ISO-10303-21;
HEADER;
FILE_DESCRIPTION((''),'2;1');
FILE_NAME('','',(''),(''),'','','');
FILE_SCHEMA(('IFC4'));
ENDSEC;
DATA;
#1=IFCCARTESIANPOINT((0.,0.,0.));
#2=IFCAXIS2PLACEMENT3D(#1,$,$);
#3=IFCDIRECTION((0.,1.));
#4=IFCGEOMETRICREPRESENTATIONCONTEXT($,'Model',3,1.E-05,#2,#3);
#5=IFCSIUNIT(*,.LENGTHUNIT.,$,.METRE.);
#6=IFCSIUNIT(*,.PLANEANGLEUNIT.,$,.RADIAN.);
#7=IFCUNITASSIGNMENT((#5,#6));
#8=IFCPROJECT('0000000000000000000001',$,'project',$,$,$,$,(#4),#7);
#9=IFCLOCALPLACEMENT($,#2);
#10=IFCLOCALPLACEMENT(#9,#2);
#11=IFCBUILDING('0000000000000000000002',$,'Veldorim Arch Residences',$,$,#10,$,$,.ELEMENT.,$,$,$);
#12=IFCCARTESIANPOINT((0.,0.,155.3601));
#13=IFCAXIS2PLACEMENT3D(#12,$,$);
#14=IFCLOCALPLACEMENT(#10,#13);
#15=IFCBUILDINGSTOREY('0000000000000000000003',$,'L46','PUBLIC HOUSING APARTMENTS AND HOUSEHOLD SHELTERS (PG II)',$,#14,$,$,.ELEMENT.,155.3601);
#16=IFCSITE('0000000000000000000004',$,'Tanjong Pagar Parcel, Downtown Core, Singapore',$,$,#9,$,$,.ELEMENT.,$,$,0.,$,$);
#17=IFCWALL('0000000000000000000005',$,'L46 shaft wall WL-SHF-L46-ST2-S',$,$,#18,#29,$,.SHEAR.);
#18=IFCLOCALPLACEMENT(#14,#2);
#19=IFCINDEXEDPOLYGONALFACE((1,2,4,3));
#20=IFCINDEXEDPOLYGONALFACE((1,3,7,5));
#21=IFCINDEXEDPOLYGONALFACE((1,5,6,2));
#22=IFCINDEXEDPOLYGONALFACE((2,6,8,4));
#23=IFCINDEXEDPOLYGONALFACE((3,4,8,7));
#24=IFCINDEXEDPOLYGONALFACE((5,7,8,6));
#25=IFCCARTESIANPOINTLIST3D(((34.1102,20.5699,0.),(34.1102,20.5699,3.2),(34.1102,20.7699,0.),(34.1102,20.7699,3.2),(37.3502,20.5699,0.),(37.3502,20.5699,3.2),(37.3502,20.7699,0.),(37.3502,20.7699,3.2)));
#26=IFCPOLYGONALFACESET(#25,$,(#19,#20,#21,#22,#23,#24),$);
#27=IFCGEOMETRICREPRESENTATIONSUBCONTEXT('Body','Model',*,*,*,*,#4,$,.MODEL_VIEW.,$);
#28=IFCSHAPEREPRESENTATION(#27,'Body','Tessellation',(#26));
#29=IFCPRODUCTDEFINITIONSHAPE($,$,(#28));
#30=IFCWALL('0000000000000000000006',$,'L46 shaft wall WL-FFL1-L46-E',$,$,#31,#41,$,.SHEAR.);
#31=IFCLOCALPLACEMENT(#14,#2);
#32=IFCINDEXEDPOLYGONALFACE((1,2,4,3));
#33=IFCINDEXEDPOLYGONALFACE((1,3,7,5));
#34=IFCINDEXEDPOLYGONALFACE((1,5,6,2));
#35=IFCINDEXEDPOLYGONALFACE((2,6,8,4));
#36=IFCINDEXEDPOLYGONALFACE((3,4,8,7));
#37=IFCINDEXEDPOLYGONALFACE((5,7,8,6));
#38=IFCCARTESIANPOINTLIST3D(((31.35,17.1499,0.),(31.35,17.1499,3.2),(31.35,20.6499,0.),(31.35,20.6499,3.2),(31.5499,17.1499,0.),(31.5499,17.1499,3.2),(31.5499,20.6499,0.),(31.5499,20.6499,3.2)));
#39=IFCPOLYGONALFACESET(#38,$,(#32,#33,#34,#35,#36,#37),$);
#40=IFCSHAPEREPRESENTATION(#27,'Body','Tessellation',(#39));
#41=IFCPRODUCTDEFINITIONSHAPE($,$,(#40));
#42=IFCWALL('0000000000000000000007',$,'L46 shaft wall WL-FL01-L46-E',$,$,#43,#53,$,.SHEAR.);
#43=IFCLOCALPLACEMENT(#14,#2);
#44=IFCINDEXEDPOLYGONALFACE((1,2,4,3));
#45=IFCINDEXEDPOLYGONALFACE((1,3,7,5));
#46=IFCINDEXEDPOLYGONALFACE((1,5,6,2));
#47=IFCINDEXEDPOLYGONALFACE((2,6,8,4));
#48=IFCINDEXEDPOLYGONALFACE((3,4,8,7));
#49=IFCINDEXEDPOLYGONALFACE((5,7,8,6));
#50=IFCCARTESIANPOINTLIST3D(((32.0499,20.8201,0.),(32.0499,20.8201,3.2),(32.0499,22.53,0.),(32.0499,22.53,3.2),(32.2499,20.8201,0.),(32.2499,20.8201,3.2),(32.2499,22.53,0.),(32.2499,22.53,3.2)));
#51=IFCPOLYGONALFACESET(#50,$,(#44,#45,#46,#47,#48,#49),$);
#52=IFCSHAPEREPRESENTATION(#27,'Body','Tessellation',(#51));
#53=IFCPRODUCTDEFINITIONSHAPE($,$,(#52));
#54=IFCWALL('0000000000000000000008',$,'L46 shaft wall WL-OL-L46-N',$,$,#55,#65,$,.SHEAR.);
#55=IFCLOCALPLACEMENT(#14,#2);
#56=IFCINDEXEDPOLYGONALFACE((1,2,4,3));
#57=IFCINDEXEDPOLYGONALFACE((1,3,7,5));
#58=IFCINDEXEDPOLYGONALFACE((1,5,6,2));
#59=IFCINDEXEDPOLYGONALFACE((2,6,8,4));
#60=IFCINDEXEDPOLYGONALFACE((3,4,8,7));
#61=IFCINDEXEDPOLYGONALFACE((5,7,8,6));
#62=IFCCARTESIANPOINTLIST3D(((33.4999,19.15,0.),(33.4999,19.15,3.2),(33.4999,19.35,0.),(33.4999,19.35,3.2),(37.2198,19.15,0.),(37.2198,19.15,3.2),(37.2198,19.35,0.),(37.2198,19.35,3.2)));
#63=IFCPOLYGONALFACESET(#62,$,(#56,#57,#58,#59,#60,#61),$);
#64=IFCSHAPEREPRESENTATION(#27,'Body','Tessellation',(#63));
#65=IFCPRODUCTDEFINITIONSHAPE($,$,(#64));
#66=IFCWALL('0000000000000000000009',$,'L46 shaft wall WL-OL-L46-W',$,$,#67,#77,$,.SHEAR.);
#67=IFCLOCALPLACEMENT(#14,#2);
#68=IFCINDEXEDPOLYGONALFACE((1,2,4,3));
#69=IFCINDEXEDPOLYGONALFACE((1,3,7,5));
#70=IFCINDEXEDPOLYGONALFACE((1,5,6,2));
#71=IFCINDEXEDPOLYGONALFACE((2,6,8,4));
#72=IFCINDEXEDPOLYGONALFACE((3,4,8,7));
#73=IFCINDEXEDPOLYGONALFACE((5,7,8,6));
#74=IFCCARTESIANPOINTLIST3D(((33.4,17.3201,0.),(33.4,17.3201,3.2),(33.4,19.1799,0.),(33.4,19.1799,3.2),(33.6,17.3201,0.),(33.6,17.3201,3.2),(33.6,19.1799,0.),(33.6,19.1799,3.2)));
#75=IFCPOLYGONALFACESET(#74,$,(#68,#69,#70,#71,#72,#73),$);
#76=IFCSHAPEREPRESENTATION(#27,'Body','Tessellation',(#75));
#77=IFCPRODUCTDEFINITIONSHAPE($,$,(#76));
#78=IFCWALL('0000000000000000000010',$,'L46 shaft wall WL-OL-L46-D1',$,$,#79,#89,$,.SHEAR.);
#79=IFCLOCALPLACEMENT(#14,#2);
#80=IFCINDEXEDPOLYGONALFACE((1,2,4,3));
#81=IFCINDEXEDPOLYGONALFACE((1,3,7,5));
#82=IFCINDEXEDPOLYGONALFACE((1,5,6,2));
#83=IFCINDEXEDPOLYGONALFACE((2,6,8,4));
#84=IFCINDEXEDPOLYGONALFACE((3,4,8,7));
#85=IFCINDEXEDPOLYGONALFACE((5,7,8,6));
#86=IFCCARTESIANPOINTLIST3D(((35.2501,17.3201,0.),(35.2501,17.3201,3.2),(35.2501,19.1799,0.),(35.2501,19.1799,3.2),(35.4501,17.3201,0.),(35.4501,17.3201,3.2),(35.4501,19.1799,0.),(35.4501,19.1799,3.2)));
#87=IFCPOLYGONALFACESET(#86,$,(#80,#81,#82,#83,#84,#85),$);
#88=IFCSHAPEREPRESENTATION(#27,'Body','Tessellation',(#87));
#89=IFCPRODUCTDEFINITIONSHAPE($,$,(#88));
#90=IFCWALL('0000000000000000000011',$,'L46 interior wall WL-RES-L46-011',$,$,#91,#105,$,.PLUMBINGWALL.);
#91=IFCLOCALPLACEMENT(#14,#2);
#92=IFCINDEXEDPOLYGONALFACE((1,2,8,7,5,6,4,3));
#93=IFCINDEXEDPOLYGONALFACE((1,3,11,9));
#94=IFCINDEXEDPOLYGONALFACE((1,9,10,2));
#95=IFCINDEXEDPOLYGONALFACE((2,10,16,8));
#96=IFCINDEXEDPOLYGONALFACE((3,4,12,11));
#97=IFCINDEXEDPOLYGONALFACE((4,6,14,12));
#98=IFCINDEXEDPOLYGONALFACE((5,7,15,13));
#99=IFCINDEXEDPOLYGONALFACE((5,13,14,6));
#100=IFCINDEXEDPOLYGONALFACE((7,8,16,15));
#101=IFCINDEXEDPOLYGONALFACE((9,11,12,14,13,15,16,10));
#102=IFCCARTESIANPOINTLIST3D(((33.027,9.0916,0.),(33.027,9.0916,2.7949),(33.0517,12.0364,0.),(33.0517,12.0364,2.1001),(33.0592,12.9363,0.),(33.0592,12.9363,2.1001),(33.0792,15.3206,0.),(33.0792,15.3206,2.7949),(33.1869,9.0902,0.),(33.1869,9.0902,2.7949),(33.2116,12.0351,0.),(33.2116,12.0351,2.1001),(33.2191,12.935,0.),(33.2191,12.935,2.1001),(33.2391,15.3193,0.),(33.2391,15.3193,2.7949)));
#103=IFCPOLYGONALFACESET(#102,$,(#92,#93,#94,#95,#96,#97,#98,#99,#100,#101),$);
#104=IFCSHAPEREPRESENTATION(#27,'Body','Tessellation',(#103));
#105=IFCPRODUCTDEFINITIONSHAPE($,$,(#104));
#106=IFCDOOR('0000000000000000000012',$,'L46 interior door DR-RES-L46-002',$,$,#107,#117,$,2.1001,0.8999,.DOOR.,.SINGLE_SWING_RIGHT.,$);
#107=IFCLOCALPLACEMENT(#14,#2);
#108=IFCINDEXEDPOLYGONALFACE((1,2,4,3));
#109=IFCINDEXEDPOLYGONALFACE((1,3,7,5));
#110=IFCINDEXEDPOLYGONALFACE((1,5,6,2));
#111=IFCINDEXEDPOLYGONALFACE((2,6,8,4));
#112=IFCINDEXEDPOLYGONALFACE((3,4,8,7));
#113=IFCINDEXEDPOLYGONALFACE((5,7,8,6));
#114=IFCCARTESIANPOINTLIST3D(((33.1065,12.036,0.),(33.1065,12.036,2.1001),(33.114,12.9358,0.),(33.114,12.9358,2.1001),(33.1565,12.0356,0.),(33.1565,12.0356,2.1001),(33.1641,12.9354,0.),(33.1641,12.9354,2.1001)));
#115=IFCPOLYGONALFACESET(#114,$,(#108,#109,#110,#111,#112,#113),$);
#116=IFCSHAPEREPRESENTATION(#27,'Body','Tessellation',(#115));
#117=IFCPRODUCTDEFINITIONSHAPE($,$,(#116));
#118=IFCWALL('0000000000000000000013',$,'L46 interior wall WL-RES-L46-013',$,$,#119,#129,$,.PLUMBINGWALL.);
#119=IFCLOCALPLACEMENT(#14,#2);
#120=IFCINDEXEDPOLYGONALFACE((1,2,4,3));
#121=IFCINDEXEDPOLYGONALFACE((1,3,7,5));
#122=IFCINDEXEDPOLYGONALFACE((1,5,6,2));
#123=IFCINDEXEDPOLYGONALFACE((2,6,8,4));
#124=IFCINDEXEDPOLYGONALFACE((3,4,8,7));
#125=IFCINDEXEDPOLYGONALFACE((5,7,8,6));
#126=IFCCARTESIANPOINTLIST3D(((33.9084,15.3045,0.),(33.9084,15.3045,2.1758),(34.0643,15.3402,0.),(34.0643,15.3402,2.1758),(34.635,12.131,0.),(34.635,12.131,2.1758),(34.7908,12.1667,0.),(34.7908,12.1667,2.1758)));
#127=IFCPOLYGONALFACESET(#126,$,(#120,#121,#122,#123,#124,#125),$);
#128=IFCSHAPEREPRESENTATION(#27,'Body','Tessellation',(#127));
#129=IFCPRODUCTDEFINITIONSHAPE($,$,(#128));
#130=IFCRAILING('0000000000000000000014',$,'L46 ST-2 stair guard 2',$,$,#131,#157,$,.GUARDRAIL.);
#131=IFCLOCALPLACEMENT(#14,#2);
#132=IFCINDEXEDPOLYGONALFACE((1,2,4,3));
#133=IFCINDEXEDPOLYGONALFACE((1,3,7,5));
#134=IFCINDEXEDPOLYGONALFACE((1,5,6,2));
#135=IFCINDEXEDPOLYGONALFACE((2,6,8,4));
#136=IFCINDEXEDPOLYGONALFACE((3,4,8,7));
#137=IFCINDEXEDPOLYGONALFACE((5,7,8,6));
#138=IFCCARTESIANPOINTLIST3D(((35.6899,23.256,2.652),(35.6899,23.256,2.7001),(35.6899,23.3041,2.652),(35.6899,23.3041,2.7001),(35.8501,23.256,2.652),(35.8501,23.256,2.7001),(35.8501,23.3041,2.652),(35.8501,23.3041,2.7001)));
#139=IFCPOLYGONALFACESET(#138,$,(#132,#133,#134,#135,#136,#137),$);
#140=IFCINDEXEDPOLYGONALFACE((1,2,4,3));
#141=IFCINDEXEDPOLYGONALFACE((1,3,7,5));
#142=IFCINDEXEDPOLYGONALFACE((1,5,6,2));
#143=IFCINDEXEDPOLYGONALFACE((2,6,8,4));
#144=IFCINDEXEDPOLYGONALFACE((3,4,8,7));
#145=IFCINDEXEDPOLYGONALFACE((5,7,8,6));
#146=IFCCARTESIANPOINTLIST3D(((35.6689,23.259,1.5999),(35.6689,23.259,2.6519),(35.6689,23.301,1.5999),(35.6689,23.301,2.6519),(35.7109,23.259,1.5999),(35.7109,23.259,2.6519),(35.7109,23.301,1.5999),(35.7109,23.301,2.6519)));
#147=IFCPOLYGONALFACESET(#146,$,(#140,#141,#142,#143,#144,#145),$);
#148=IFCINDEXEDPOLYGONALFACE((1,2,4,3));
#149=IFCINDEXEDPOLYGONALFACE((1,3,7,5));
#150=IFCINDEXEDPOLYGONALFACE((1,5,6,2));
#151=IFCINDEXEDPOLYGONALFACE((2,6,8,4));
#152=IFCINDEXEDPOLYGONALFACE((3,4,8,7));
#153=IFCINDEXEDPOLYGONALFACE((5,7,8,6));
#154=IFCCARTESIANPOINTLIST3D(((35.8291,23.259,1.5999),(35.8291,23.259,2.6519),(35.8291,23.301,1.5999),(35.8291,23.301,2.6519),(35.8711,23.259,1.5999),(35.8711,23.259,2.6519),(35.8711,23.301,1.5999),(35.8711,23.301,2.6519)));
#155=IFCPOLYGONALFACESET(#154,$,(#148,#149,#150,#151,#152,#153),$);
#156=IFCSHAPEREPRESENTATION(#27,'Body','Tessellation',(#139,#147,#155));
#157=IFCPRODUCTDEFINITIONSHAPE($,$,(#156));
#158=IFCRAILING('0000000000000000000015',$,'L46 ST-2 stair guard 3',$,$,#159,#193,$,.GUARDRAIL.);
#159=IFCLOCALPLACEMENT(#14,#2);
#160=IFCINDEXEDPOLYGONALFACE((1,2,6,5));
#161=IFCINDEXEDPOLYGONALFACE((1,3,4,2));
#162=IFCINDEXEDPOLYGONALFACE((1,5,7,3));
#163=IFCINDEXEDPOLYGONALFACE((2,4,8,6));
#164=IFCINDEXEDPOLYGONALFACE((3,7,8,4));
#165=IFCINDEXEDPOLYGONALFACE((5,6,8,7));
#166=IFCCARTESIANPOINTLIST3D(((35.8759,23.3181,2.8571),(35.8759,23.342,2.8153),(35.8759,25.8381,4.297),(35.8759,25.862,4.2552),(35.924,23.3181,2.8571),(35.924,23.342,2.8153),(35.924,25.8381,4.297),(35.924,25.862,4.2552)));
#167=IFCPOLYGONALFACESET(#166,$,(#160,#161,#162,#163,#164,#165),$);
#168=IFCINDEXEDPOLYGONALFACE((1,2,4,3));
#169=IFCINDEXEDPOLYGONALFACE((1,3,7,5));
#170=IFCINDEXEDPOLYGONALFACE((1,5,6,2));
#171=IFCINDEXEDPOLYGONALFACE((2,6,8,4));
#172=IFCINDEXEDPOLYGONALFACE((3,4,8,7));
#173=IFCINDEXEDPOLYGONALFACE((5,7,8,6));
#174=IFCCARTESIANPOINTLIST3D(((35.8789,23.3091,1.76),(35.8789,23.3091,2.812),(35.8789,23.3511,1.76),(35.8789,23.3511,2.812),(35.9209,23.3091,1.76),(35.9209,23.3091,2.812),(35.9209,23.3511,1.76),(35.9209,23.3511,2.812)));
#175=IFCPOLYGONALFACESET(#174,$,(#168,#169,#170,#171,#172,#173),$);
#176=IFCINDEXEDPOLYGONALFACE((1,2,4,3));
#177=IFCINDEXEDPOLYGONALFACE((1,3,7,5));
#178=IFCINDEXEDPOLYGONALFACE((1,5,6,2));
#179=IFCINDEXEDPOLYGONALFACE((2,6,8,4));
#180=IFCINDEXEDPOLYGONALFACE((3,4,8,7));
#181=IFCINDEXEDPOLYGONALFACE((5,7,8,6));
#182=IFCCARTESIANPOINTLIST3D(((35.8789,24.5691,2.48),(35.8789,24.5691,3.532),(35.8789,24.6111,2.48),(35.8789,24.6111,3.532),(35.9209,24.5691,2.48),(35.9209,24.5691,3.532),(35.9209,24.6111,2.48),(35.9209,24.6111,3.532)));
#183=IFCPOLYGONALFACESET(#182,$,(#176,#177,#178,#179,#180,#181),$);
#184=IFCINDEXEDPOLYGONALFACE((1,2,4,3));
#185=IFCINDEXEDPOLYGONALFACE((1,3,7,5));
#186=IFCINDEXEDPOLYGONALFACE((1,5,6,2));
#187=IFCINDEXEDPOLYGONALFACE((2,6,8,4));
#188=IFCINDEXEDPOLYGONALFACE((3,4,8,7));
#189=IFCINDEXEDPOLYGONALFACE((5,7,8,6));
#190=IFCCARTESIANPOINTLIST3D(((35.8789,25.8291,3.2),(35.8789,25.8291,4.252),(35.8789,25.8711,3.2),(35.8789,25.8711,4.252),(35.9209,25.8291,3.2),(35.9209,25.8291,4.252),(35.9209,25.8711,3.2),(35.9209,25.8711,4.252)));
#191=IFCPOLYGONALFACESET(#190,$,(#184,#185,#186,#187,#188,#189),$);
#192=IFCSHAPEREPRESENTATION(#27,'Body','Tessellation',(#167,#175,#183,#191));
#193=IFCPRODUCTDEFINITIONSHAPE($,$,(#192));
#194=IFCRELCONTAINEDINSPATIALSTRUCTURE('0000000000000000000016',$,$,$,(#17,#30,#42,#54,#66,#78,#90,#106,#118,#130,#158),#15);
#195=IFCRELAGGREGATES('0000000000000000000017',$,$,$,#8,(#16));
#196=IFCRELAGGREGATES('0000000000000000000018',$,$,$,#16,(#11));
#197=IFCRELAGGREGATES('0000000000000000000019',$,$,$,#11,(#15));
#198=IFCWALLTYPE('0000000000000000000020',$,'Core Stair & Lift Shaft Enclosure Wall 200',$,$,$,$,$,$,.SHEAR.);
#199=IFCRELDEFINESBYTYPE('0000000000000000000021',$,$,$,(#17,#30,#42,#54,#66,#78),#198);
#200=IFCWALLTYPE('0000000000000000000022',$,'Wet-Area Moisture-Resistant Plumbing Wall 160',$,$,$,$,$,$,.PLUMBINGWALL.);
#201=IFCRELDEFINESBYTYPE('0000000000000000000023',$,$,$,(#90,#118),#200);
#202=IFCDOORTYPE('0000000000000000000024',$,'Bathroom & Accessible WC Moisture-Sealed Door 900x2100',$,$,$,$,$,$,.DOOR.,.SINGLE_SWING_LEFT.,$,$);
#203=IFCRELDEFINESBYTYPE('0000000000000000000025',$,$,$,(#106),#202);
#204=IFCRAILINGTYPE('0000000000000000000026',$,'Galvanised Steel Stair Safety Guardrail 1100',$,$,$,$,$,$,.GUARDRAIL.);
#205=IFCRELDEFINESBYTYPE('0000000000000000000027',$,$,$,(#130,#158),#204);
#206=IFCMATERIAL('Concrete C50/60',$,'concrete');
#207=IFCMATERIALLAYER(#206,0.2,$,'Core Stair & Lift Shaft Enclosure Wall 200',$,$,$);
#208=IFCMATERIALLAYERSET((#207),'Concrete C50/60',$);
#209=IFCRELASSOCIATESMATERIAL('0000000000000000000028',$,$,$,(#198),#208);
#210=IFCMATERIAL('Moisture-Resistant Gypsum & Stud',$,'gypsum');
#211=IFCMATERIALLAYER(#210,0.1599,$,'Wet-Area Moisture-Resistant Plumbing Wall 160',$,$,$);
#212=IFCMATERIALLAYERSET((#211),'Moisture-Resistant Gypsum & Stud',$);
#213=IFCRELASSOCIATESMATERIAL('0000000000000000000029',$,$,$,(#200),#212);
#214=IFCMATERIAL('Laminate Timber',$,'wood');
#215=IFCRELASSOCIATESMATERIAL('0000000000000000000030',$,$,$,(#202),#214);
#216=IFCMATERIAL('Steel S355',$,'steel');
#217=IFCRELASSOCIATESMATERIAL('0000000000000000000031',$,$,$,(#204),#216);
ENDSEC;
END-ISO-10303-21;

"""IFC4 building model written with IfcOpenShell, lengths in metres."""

from ifc_helpers import new_model, si_unit, direction, frame, frame_2d, origin, origin_2d, place, context, subcontext, project, spatial, rectangle, extrude, material, layer, layer_set, type_object, element, fill, save


model = new_model("IFC4")

# Units and contexts
model_context = context("Model", 3, precision=1e-05, world=origin(), true_north=direction((0.0, 1.0)))
body_context = subcontext(model_context, "Body", "Model", "MODEL_VIEW")
ifc_project = project(units=[si_unit("LENGTHUNIT", "METRE"), si_unit("PLANEANGLEUNIT", "RADIAN")], contexts=[model_context])

# Site, building, storey
site_placement = place(None, origin())
site = spatial("IfcSite", under=ifc_project, at=site_placement, Name="Tanjong Pagar Parcel, Downtown Core, Singapore", CompositionType="ELEMENT", RefElevation=0.0)
building_placement = place(site_placement, origin())
building = spatial("IfcBuilding", under=site, at=building_placement, Name="Veldorim Arch Residences", CompositionType="ELEMENT")
storey_placement = place(building_placement, frame((0.0, 0.0, 155.3601)))
storey = spatial("IfcBuildingStorey", under=building, at=storey_placement, Name="L46", Description="PUBLIC HOUSING APARTMENTS AND HOUSEHOLD SHELTERS (PG II)", CompositionType="ELEMENT", Elevation=155.3601)

# Walls
ifc_material_1 = material(Name="Concrete C50/60", Category="concrete")
ifc_layer_1 = layer(ifc_material_1, 0.2, Name="Core Stair & Lift Shaft Enclosure Wall 200")
ifc_layer_set_1 = layer_set([ifc_layer_1], Name="Concrete C50/60")
wall_type_1 = type_object("IfcWallType", Name="Core Stair & Lift Shaft Enclosure Wall 200", PredefinedType="SHEAR", material=ifc_layer_set_1)
wall_1_placement = place(storey_placement, frame((34.1101, 20.6699, 0.0), z_axis=(0.0, 0.0, 1.0), x_axis=(1.0, 0.0, 0.0)))
element("IfcWall", 1, at=wall_1_placement, inside=storey, type_object=wall_type_1, Name="L46 shaft wall WL-SHF-L46-ST2-S", PredefinedType="SHEAR", context=body_context, shape_type="SweptSolid", body=[
    extrude(rectangle(XDim=3.24, YDim=0.2, at=frame_2d((1.6201, 0.0))), origin(), (0.0, 0.0, 1.0), 3.2),
])
wall_2_placement = place(storey_placement, frame((31.45, 17.1499, 0.0), z_axis=(0.0, 0.0, 1.0), x_axis=(0.0, 1.0, 0.0)))
element("IfcWall", 2, at=wall_2_placement, inside=storey, type_object=wall_type_1, Name="L46 shaft wall WL-FFL1-L46-E", PredefinedType="SHEAR", context=body_context, shape_type="SweptSolid", body=[
    extrude(rectangle(XDim=3.5, YDim=0.2, at=frame_2d((1.75, 0.0))), origin(), (0.0, 0.0, 1.0), 3.2),
])
wall_3_placement = place(storey_placement, frame((32.1499, 20.8201, 0.0), z_axis=(0.0, 0.0, 1.0), x_axis=(0.0, 1.0, 0.0)))
element("IfcWall", 3, at=wall_3_placement, inside=storey, type_object=wall_type_1, Name="L46 shaft wall WL-FL01-L46-E", PredefinedType="SHEAR", context=body_context, shape_type="SweptSolid", body=[
    extrude(rectangle(XDim=1.71, YDim=0.2, at=frame_2d((0.855, 0.0))), origin(), (0.0, 0.0, 1.0), 3.2),
])
wall_4_placement = place(storey_placement, frame((33.5, 19.25, 0.0), z_axis=(0.0, 0.0, 1.0), x_axis=(1.0, 0.0, 0.0)))
element("IfcWall", 4, at=wall_4_placement, inside=storey, type_object=wall_type_1, Name="L46 shaft wall WL-OL-L46-N", PredefinedType="SHEAR", context=body_context, shape_type="SweptSolid", body=[
    extrude(rectangle(XDim=3.72, YDim=0.2, at=frame_2d((1.8599, 0.0))), origin(), (0.0, 0.0, 1.0), 3.2),
])
for number, where, z_axis, x_axis, name in (
    (5, (33.5, 17.3201, 0.0), (0.0, 0.0, 1.0), (0.0, 1.0, 0.0), "L46 shaft wall WL-OL-L46-W"),
    (6, (35.3501, 17.3201, 0.0), (0.0, 0.0, 1.0), (0.0, 1.0, 0.0), "L46 shaft wall WL-OL-L46-D1"),
):
    element("IfcWall", number, at=place(storey_placement, frame(where, z_axis=z_axis, x_axis=x_axis)), inside=storey, type_object=wall_type_1, Name=name, PredefinedType="SHEAR", context=body_context, shape_type="SweptSolid", body=[
        extrude(rectangle(XDim=1.8599, YDim=0.2, at=frame_2d((0.9299, 0.0))), origin(), (0.0, 0.0, 1.0), 3.2),
    ])

# Wall, opening, door
ifc_material_2 = material(Name="Moisture-Resistant Gypsum & Stud", Category="gypsum")
ifc_layer_2 = layer(ifc_material_2, 0.1599, Name="Wet-Area Moisture-Resistant Plumbing Wall 160")
ifc_layer_set_2 = layer_set([ifc_layer_2], Name="Moisture-Resistant Gypsum & Stud")
wall_type_2 = type_object("IfcWallType", Name="Wet-Area Moisture-Resistant Plumbing Wall 160", PredefinedType="PLUMBINGWALL", material=ifc_layer_set_2)
wall_5_placement = place(storey_placement, frame((33.1592, 15.3201, 0.0), z_axis=(0.0, 0.0, 1.0), x_axis=(-0.008387, -0.999965, 0.0)))
wall_5 = element("IfcWall", 7, at=wall_5_placement, inside=storey, type_object=wall_type_2, Name="L46 interior wall WL-RES-L46-011", PredefinedType="PLUMBINGWALL", context=body_context, shape_type="SweptSolid", body=[
    extrude(rectangle(XDim=6.2292, YDim=0.1599, at=frame_2d((3.1147, 0.0))), origin(), (0.0, 0.0, 1.0), 2.7949),
])
opening_1_placement = place(wall_5_placement, frame((2.3845, 0.0, 0.0)))
opening_1 = element("IfcOpeningElement", 8, at=opening_1_placement, cuts=wall_5, PredefinedType="OPENING", context=body_context, shape_type="SweptSolid", body=[
    extrude(rectangle(XDim=0.8999, YDim=2.1001, at=frame_2d((0.45, 1.05))), frame((0.0, 0.0898, 0.0), z_axis=(0.0, -1.0, 0.0), x_axis=(1.0, 0.0, 0.0)), (0.0, 0.0, 1.0), 0.1799),
])
ifc_material_3 = material(Name="Laminate Timber", Category="wood")
door_type_1 = type_object("IfcDoorType", Name="Bathroom & Accessible WC Moisture-Sealed Door 900x2100", OperationType="SINGLE_SWING_LEFT", PredefinedType="DOOR", material=ifc_material_3)
door_1_placement = place(opening_1_placement, origin())
door_1 = element("IfcDoor", 9, at=door_1_placement, inside=storey, type_object=door_type_1, Name="L46 interior door DR-RES-L46-002", OperationType="SINGLE_SWING_RIGHT", OverallHeight=2.1001, OverallWidth=0.8999, PredefinedType="DOOR", context=body_context, shape_type="SweptSolid", body=[
    extrude(rectangle(XDim=0.8999, YDim=2.1001, at=frame_2d((0.45, 1.05))), frame((0.0, 0.0249, 0.0), z_axis=(0.0, -1.0, 0.0), x_axis=(1.0, 0.0, 0.0)), (0.0, 0.0, 1.0), 0.05),
])
fill(opening_1, door_1)

# Wall
wall_6_placement = place(storey_placement, frame((33.9863, 15.3225, 0.0), z_axis=(0.0, 0.0, 1.0), x_axis=(0.223167, -0.97478, 0.0)))
element("IfcWall", 10, at=wall_6_placement, inside=storey, type_object=wall_type_2, Name="L46 interior wall WL-RES-L46-013", PredefinedType="PLUMBINGWALL", context=body_context, shape_type="SweptSolid", body=[
    extrude(rectangle(XDim=3.2556, YDim=0.1599, at=frame_2d((1.6279, 0.0))), origin(), (0.0, 0.0, 1.0), 2.1758),
])

# Railings
ifc_material_4 = material(Name="Steel S355", Category="steel")
railing_type = type_object("IfcRailingType", Name="Galvanised Steel Stair Safety Guardrail 1100", PredefinedType="GUARDRAIL", material=ifc_material_4)
railing_1_placement = place(storey_placement, frame((35.6899, 23.28, 1.5999)))
element("IfcRailing", 11, at=railing_1_placement, inside=storey, type_object=railing_type, Name="L46 ST-2 stair guard 2", PredefinedType="GUARDRAIL", context=body_context, shape_type="SweptSolid", body=[
    extrude(rectangle(XDim=0.0481, YDim=0.0481, at=origin_2d()), frame((0.0, 0.0, 1.0762), z_axis=(1.0, 0.0, 0.0), x_axis=(0.0, 1.0, 0.0)), (0.0, 0.0, 1.0), 0.1602),
    extrude(rectangle(XDim=0.042, YDim=0.042, at=origin_2d()), origin(), (0.0, 0.0, 1.0), 1.052),
    extrude(rectangle(XDim=0.042, YDim=0.042, at=origin_2d()), frame((0.1602, 0.0, 0.0)), (0.0, 0.0, 1.0), 1.052),
])
railing_2_placement = place(storey_placement, frame((35.8999, 23.3301, 1.76)))
element("IfcRailing", 12, at=railing_2_placement, inside=storey, type_object=railing_type, Name="L46 ST-2 stair guard 3", PredefinedType="GUARDRAIL", context=body_context, shape_type="SweptSolid", body=[
    extrude(rectangle(XDim=0.0481, YDim=0.0481, at=origin_2d()), frame((0.0, 0.0, 1.0762), z_axis=(0.0, 0.868253, 0.496121), x_axis=(-1.0, 0.0, 0.0)), (0.0, 0.0, 1.0), 2.9023),
    extrude(rectangle(XDim=0.042, YDim=0.042, at=origin_2d()), origin(), (0.0, 0.0, 1.0), 1.052),
    extrude(rectangle(XDim=0.042, YDim=0.042, at=origin_2d()), frame((0.0, 1.26, 0.72)), (0.0, 0.0, 1.0), 1.052),
    extrude(rectangle(XDim=0.042, YDim=0.042, at=origin_2d()), frame((0.0, 2.52, 1.4399)), (0.0, 0.0, 1.0), 1.052),
])

save(model, "model.ifc")
